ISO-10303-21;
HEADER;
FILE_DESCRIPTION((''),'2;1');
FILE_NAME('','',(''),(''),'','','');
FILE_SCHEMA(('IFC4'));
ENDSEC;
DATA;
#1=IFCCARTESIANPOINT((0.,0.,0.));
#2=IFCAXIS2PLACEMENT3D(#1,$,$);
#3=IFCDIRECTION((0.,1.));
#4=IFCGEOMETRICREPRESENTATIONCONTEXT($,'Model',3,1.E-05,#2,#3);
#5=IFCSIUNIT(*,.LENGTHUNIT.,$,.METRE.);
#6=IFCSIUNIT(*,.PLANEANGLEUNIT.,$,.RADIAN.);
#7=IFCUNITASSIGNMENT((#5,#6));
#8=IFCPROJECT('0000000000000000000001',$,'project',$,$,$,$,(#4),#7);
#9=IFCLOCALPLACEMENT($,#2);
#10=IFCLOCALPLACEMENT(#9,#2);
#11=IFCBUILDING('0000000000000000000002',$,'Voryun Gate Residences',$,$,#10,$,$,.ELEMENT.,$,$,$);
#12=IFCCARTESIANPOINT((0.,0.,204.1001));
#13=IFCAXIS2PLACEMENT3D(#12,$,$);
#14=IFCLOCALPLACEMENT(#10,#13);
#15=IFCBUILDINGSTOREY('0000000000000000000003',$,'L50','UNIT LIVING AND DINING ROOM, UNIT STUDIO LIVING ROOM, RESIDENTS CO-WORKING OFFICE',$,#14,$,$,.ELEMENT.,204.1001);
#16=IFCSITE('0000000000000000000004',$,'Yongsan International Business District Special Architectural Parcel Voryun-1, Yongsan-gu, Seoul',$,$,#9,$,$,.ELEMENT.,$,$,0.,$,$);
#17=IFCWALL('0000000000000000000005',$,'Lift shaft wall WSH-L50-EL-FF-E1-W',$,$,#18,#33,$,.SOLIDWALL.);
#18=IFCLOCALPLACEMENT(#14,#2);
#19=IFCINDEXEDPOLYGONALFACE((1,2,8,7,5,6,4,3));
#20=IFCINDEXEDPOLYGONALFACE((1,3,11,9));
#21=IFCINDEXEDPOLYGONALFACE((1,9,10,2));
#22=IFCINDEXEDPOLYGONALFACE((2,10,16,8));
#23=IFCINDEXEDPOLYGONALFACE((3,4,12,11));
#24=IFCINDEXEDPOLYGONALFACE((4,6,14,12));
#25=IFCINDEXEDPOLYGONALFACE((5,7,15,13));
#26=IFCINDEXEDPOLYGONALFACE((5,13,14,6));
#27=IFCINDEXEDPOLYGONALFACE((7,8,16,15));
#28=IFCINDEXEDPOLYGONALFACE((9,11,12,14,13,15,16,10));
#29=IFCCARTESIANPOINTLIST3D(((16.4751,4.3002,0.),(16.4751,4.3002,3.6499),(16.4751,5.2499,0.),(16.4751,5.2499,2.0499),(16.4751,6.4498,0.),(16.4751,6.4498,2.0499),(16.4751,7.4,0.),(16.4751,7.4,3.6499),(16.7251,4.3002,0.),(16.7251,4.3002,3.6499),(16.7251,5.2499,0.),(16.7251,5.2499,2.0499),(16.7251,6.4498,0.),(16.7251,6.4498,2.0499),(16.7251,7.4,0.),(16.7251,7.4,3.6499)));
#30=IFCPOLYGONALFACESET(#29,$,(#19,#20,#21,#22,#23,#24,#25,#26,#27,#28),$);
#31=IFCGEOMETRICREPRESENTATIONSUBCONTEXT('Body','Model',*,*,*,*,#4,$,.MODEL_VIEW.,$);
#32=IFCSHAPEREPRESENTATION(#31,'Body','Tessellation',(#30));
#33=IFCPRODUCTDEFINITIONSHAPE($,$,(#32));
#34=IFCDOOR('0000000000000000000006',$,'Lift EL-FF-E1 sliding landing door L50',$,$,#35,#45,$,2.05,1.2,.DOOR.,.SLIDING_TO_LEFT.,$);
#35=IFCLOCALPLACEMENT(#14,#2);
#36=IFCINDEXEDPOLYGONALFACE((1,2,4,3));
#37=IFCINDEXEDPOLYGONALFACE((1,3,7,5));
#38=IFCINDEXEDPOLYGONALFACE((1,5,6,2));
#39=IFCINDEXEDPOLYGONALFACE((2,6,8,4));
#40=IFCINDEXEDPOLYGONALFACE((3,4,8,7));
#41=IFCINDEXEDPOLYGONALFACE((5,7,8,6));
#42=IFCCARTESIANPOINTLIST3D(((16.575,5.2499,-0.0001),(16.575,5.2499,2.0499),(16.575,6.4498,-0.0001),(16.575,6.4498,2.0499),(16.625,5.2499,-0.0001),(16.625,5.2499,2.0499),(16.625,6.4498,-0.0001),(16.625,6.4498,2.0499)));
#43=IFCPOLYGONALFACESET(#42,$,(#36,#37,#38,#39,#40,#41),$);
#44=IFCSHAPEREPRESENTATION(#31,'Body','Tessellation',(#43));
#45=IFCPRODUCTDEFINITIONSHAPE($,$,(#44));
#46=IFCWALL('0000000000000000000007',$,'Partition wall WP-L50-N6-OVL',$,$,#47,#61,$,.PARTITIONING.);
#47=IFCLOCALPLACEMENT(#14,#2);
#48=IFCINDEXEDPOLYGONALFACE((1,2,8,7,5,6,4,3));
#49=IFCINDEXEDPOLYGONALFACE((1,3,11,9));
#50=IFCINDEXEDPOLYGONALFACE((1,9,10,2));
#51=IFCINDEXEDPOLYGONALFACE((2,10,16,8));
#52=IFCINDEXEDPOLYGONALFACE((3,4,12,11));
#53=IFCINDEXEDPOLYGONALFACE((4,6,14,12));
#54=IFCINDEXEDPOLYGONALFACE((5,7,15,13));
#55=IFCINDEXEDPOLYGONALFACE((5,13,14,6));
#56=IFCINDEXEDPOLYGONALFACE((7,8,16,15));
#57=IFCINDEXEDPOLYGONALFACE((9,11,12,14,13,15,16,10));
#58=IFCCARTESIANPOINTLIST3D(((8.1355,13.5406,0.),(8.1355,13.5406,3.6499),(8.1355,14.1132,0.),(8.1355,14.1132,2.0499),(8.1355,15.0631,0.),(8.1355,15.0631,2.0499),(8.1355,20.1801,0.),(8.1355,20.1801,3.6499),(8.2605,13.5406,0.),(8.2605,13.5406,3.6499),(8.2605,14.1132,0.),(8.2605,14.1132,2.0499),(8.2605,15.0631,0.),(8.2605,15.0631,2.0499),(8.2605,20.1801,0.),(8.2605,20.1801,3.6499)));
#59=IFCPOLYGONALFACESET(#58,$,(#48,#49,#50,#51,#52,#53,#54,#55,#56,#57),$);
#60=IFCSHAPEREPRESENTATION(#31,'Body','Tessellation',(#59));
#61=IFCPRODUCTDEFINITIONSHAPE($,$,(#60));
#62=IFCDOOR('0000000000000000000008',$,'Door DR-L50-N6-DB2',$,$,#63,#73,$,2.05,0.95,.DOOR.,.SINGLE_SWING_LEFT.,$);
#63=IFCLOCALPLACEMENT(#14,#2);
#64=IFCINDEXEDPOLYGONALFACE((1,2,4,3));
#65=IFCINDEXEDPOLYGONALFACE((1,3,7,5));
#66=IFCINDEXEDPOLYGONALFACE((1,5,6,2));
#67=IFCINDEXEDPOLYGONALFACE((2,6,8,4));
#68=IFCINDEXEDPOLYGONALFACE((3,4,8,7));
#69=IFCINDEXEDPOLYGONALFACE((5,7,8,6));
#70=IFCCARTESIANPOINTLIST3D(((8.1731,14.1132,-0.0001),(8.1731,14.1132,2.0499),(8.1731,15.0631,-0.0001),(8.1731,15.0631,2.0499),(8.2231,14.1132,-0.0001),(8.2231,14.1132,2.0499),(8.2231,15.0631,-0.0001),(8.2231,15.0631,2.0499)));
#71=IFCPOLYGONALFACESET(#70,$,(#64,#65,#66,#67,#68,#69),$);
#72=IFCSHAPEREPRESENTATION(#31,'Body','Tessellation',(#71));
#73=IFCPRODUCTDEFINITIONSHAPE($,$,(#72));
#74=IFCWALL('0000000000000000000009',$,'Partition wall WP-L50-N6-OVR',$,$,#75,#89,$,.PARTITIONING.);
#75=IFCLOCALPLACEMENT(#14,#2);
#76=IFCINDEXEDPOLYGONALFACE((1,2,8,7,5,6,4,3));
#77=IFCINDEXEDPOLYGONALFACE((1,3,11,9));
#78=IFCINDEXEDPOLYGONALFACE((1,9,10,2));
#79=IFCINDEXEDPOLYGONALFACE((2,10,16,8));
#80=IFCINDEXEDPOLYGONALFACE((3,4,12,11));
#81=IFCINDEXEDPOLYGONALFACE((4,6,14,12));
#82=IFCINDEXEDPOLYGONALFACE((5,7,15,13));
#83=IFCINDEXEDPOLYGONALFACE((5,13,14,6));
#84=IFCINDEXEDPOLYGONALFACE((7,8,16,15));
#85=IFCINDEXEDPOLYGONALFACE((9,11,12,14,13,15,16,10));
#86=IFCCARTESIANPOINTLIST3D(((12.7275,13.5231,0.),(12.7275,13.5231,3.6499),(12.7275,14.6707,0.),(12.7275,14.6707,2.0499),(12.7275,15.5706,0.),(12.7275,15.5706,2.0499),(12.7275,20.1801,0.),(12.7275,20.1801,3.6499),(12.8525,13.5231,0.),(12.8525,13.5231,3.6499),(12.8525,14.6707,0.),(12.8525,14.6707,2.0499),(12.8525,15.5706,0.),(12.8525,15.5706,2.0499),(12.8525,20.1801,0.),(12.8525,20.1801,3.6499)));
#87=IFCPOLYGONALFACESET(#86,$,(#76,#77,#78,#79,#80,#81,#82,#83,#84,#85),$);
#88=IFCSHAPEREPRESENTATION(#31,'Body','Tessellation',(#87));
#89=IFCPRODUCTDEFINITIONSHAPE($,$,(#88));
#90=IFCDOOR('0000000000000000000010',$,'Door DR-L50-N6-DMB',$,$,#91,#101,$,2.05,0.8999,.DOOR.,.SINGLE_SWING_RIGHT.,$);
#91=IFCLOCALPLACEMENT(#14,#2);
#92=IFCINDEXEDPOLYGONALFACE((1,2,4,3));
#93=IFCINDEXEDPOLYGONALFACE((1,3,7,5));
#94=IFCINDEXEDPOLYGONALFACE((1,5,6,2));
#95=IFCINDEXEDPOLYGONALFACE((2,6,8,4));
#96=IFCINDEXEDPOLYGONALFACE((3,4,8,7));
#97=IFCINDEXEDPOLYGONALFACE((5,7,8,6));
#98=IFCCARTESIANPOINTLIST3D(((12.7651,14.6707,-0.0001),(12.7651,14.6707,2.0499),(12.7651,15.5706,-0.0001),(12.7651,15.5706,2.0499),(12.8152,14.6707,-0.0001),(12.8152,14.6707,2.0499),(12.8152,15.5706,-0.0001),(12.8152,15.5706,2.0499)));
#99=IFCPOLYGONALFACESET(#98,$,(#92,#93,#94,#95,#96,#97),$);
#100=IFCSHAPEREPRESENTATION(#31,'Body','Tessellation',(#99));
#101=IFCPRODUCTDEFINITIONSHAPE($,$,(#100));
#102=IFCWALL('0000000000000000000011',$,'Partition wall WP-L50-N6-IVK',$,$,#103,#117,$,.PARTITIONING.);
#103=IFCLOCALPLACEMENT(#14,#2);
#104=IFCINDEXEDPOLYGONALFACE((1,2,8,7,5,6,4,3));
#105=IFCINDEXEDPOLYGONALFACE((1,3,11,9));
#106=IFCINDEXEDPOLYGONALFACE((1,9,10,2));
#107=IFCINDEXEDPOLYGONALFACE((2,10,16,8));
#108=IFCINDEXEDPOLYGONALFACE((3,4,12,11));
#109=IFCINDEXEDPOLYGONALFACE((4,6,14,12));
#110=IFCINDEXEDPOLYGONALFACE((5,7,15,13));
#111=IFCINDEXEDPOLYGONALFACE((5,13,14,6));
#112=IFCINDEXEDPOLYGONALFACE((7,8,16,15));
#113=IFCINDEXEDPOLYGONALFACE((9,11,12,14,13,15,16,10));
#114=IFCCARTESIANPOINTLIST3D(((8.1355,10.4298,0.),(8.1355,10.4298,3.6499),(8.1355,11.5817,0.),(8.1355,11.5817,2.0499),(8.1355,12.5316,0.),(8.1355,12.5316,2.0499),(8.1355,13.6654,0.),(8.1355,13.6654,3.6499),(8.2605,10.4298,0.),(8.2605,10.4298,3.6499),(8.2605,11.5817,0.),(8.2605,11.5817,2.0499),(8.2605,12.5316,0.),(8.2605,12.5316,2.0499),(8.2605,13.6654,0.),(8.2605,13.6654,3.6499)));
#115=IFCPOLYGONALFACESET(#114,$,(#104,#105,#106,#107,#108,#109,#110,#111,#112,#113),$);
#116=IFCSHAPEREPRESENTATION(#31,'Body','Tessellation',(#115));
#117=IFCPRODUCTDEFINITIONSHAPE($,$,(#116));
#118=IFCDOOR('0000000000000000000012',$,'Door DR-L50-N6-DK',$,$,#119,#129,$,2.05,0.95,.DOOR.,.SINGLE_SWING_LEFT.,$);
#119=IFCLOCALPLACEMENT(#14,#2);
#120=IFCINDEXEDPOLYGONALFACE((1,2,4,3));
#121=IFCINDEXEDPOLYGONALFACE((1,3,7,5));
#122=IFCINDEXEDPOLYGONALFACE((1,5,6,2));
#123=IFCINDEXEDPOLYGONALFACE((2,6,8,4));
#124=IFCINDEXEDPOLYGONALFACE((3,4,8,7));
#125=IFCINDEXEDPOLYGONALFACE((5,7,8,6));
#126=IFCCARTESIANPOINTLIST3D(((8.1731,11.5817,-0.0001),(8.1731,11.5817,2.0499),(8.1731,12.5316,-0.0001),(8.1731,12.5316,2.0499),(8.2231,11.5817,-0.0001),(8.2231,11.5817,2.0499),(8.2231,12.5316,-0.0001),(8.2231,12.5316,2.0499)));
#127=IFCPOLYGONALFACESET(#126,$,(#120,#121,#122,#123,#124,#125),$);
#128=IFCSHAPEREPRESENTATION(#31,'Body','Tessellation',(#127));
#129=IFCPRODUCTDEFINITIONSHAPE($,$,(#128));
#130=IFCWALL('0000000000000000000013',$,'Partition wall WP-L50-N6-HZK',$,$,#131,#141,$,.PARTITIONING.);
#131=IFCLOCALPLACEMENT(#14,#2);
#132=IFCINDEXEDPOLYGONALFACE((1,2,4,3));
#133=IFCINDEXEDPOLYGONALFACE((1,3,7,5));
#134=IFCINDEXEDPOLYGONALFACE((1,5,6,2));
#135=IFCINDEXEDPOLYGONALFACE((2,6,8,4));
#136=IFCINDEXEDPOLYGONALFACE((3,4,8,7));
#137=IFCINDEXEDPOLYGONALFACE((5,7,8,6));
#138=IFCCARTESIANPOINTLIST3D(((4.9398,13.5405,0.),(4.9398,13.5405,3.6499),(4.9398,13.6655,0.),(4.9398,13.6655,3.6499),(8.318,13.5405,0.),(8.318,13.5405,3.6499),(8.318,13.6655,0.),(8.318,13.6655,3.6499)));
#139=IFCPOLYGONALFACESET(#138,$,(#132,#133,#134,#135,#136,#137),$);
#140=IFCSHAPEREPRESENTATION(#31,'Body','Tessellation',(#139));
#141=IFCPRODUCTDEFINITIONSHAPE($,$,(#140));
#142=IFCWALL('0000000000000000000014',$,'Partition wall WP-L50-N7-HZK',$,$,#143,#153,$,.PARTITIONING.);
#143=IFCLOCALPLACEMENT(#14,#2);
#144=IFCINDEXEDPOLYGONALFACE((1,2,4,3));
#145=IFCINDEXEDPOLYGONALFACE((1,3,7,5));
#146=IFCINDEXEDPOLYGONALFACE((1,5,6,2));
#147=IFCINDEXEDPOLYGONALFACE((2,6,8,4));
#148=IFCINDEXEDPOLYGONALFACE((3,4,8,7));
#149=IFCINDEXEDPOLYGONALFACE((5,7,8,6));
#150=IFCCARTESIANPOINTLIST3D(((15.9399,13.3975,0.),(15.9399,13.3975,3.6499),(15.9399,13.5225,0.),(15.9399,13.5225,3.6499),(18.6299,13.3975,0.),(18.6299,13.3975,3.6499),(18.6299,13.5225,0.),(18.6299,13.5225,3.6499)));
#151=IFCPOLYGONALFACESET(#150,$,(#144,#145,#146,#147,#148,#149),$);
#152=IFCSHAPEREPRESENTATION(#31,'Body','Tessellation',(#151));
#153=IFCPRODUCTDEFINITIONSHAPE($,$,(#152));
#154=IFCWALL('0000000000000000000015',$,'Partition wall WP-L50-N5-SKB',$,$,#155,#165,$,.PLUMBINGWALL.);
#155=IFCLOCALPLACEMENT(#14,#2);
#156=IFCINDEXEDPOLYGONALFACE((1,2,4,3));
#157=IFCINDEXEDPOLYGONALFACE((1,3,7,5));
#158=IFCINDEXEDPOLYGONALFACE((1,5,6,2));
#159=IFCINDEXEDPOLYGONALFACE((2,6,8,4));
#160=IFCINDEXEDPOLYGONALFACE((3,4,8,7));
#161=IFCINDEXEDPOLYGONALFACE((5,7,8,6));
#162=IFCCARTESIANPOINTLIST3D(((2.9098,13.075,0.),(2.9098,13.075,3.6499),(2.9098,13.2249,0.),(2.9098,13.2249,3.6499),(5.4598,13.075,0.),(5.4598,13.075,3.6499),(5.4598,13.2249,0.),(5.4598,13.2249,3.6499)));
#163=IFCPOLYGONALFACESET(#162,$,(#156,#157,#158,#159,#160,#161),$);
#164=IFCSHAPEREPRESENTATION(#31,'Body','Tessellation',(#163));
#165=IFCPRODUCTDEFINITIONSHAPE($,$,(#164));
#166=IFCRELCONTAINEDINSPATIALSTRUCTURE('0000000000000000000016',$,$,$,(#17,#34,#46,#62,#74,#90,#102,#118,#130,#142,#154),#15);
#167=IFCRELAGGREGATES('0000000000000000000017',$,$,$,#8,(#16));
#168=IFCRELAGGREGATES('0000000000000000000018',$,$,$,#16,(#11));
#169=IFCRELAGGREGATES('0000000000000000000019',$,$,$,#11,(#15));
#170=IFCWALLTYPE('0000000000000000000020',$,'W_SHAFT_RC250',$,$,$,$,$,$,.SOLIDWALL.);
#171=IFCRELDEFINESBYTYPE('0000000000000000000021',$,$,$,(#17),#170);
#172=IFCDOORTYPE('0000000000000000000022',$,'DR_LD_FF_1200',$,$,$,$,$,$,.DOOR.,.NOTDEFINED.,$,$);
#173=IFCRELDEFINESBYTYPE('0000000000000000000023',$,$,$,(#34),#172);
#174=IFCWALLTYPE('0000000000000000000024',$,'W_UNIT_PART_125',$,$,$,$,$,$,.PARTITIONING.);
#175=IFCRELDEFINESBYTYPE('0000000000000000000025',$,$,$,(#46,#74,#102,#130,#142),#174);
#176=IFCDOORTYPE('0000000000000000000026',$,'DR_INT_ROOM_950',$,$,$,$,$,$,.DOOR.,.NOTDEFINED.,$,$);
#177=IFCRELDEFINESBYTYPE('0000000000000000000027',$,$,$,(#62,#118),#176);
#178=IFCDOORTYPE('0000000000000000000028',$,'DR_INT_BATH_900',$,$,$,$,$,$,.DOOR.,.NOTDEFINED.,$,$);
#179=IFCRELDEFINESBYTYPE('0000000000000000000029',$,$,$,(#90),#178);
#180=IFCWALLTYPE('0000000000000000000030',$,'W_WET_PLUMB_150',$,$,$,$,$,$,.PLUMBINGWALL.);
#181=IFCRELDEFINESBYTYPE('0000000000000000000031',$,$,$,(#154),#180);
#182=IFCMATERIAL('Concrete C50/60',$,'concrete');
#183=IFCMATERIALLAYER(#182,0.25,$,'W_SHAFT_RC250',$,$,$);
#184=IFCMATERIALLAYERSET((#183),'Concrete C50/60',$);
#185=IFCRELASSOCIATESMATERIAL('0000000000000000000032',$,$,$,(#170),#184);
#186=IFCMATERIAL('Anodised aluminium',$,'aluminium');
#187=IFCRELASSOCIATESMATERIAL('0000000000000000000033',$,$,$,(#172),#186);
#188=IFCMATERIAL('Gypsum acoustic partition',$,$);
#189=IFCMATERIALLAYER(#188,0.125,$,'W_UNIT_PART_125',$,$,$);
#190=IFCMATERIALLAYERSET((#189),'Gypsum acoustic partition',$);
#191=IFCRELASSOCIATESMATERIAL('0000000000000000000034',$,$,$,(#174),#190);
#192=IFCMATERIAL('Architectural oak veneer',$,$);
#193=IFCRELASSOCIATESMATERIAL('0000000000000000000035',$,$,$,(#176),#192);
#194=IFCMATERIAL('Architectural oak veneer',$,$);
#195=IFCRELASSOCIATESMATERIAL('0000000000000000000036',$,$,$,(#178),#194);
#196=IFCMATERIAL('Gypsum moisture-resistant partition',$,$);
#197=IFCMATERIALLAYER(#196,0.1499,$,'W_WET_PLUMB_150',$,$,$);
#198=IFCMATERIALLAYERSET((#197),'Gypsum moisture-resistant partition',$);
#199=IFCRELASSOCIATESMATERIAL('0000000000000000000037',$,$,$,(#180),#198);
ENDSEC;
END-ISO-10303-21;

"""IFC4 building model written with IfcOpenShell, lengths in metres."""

from ifc_helpers import new_model, si_unit, direction, frame, frame_2d, origin, place, context, subcontext, project, spatial, rectangle, extrude, material, layer, layer_set, type_object, element, fill, save


model = new_model("IFC4")

# Units and contexts
model_context = context("Model", 3, precision=1e-05, world=origin(), true_north=direction((0.0, 1.0)))
body_context = subcontext(model_context, "Body", "Model", "MODEL_VIEW")
ifc_project = project(units=[si_unit("LENGTHUNIT", "METRE"), si_unit("PLANEANGLEUNIT", "RADIAN")], contexts=[model_context])

# Site, building, storey
site_placement = place(None, origin())
site = spatial("IfcSite", under=ifc_project, at=site_placement, Name="Yongsan International Business District Special Architectural Parcel Voryun-1, Yongsan-gu, Seoul", CompositionType="ELEMENT", RefElevation=0.0)
building_placement = place(site_placement, origin())
building = spatial("IfcBuilding", under=site, at=building_placement, Name="Voryun Gate Residences", CompositionType="ELEMENT")
storey_placement = place(building_placement, frame((0.0, 0.0, 204.1001)))
storey = spatial("IfcBuildingStorey", under=building, at=storey_placement, Name="L50", Description="UNIT LIVING AND DINING ROOM, UNIT STUDIO LIVING ROOM, RESIDENTS CO-WORKING OFFICE", CompositionType="ELEMENT", Elevation=204.1001)

# Walls, openings, doors
ifc_material_1 = material(Name="Concrete C50/60", Category="concrete")
ifc_layer_1 = layer(ifc_material_1, 0.25, Name="W_SHAFT_RC250")
ifc_layer_set_1 = layer_set([ifc_layer_1], Name="Concrete C50/60")
wall_type_1 = type_object("IfcWallType", Name="W_SHAFT_RC250", PredefinedType="SOLIDWALL", material=ifc_layer_set_1)
wall_1_placement = place(storey_placement, frame((16.6001, 7.3999, 0.0), z_axis=(0.0, 0.0, 1.0), x_axis=(0.0, -1.0, 0.0)))
wall_1 = element("IfcWall", 1, at=wall_1_placement, inside=storey, type_object=wall_type_1, Name="Lift shaft wall WSH-L50-EL-FF-E1-W", PredefinedType="SOLIDWALL", context=body_context, shape_type="SweptSolid", body=[
    extrude(rectangle(XDim=3.0999, YDim=0.25, at=frame_2d((1.5498, 0.0))), origin(), (0.0, 0.0, 1.0), 3.6499),
])
opening_1_placement = place(wall_1_placement, frame((0.95, 0.0, 0.0)))
opening_1 = element("IfcOpeningElement", 2, at=opening_1_placement, cuts=wall_1, PredefinedType="OPENING", context=body_context, shape_type="SweptSolid", body=[
    extrude(rectangle(XDim=1.2, YDim=2.05, at=frame_2d((0.6001, 1.0249))), frame((0.0, 0.135, 0.0), z_axis=(0.0, -1.0, 0.0), x_axis=(1.0, 0.0, 0.0)), (0.0, 0.0, 1.0), 0.27),
])
ifc_material_2 = material(Name="Anodised aluminium", Category="aluminium")
door_type_1 = type_object("IfcDoorType", Name="DR_LD_FF_1200", OperationType="NOTDEFINED", PredefinedType="DOOR", material=ifc_material_2)
door_1_placement = place(opening_1_placement, origin())
door_1 = element("IfcDoor", 3, at=door_1_placement, inside=storey, type_object=door_type_1, Name="Lift EL-FF-E1 sliding landing door L50", OperationType="SLIDING_TO_LEFT", OverallHeight=2.05, OverallWidth=1.2, PredefinedType="DOOR", context=body_context, shape_type="SweptSolid", body=[
    extrude(rectangle(XDim=1.2, YDim=2.05, at=frame_2d((0.6001, 1.0249))), frame((0.0, 0.0249, 0.0), z_axis=(0.0, -1.0, 0.0), x_axis=(1.0, 0.0, 0.0)), (0.0, 0.0, 1.0), 0.05),
])
fill(opening_1, door_1)
ifc_material_3 = material(Name="Gypsum acoustic partition")
ifc_layer_2 = layer(ifc_material_3, 0.125, Name="W_UNIT_PART_125")
ifc_layer_set_2 = layer_set([ifc_layer_2], Name="Gypsum acoustic partition")
wall_type_2 = type_object("IfcWallType", Name="W_UNIT_PART_125", PredefinedType="PARTITIONING", material=ifc_layer_set_2)
wall_2_placement = place(storey_placement, frame((8.198, 13.5405, 0.0), z_axis=(0.0, 0.0, 1.0), x_axis=(0.0, 1.0, 0.0)))
wall_2 = element("IfcWall", 4, at=wall_2_placement, inside=storey, type_object=wall_type_2, Name="Partition wall WP-L50-N6-OVL", PredefinedType="PARTITIONING", context=body_context, shape_type="SweptSolid", body=[
    extrude(rectangle(XDim=6.6394, YDim=0.125, at=frame_2d((3.3198, 0.0))), origin(), (0.0, 0.0, 1.0), 3.6499),
])
opening_2_placement = place(wall_2_placement, frame((0.5725, 0.0, 0.0)))
opening_2 = element("IfcOpeningElement", 5, at=opening_2_placement, cuts=wall_2, PredefinedType="OPENING", context=body_context, shape_type="SweptSolid", body=[
    extrude(rectangle(XDim=0.95, YDim=2.05, at=frame_2d((0.4751, 1.0249))), frame((0.0, 0.0725, 0.0), z_axis=(0.0, -1.0, 0.0), x_axis=(1.0, 0.0, 0.0)), (0.0, 0.0, 1.0), 0.145),
])
ifc_material_4 = material(Name="Architectural oak veneer")
door_type_2 = type_object("IfcDoorType", Name="DR_INT_ROOM_950", OperationType="NOTDEFINED", PredefinedType="DOOR", material=ifc_material_4)
door_2_placement = place(opening_2_placement, origin())
door_2 = element("IfcDoor", 6, at=door_2_placement, inside=storey, type_object=door_type_2, Name="Door DR-L50-N6-DB2", OperationType="SINGLE_SWING_LEFT", OverallHeight=2.05, OverallWidth=0.95, PredefinedType="DOOR", context=body_context, shape_type="SweptSolid", body=[
    extrude(rectangle(XDim=0.95, YDim=2.05, at=frame_2d((0.4751, 1.0249))), frame((0.0, 0.0249, 0.0), z_axis=(0.0, -1.0, 0.0), x_axis=(1.0, 0.0, 0.0)), (0.0, 0.0, 1.0), 0.05),
])
fill(opening_2, door_2)
wall_3_placement = place(storey_placement, frame((12.79, 13.5229, 0.0), z_axis=(0.0, 0.0, 1.0), x_axis=(0.0, 1.0, 0.0)))
wall_3 = element("IfcWall", 7, at=wall_3_placement, inside=storey, type_object=wall_type_2, Name="Partition wall WP-L50-N6-OVR", PredefinedType="PARTITIONING", context=body_context, shape_type="SweptSolid", body=[
    extrude(rectangle(XDim=6.657, YDim=0.125, at=frame_2d((3.3286, 0.0))), origin(), (0.0, 0.0, 1.0), 3.6499),
])
opening_3_placement = place(wall_3_placement, frame((1.1477, 0.0, 0.0)))
opening_3 = element("IfcOpeningElement", 8, at=opening_3_placement, cuts=wall_3, PredefinedType="OPENING", context=body_context, shape_type="SweptSolid", body=[
    extrude(rectangle(XDim=0.8999, YDim=2.05, at=frame_2d((0.45, 1.0249))), frame((0.0, 0.0725, 0.0), z_axis=(0.0, -1.0, 0.0), x_axis=(1.0, 0.0, 0.0)), (0.0, 0.0, 1.0), 0.145),
])
ifc_material_5 = material(Name="Architectural oak veneer")
door_type_3 = type_object("IfcDoorType", Name="DR_INT_BATH_900", OperationType="NOTDEFINED", PredefinedType="DOOR", material=ifc_material_5)
door_3_placement = place(opening_3_placement, origin())
door_3 = element("IfcDoor", 9, at=door_3_placement, inside=storey, type_object=door_type_3, Name="Door DR-L50-N6-DMB", OperationType="SINGLE_SWING_RIGHT", OverallHeight=2.05, OverallWidth=0.8999, PredefinedType="DOOR", context=body_context, shape_type="SweptSolid", body=[
    extrude(rectangle(XDim=0.8999, YDim=2.05, at=frame_2d((0.45, 1.0249))), frame((0.0, 0.0249, 0.0), z_axis=(0.0, -1.0, 0.0), x_axis=(1.0, 0.0, 0.0)), (0.0, 0.0, 1.0), 0.05),
])
fill(opening_3, door_3)
wall_4_placement = place(storey_placement, frame((8.198, 10.4299, 0.0), z_axis=(0.0, 0.0, 1.0), x_axis=(0.0, 1.0, 0.0)))
wall_4 = element("IfcWall", 10, at=wall_4_placement, inside=storey, type_object=wall_type_2, Name="Partition wall WP-L50-N6-IVK", PredefinedType="PARTITIONING", context=body_context, shape_type="SweptSolid", body=[
    extrude(rectangle(XDim=3.2356, YDim=0.125, at=frame_2d((1.6177, 0.0))), origin(), (0.0, 0.0, 1.0), 3.6499),
])
opening_4_placement = place(wall_4_placement, frame((1.1516, 0.0, 0.0)))
opening_4 = element("IfcOpeningElement", 11, at=opening_4_placement, cuts=wall_4, PredefinedType="OPENING", context=body_context, shape_type="SweptSolid", body=[
    extrude(rectangle(XDim=0.95, YDim=2.05, at=frame_2d((0.4751, 1.0249))), frame((0.0, 0.0725, 0.0), z_axis=(0.0, -1.0, 0.0), x_axis=(1.0, 0.0, 0.0)), (0.0, 0.0, 1.0), 0.145),
])
door_4_placement = place(opening_4_placement, origin())
door_4 = element("IfcDoor", 12, at=door_4_placement, inside=storey, type_object=door_type_2, Name="Door DR-L50-N6-DK", OperationType="SINGLE_SWING_LEFT", OverallHeight=2.05, OverallWidth=0.95, PredefinedType="DOOR", context=body_context, shape_type="SweptSolid", body=[
    extrude(rectangle(XDim=0.95, YDim=2.05, at=frame_2d((0.4751, 1.0249))), frame((0.0, 0.0249, 0.0), z_axis=(0.0, -1.0, 0.0), x_axis=(1.0, 0.0, 0.0)), (0.0, 0.0, 1.0), 0.05),
])
fill(opening_4, door_4)

# Walls
wall_5_placement = place(storey_placement, frame((4.9399, 13.603, 0.0), z_axis=(0.0, 0.0, 1.0), x_axis=(1.0, 0.0, 0.0)))
element("IfcWall", 13, at=wall_5_placement, inside=storey, type_object=wall_type_2, Name="Partition wall WP-L50-N6-HZK", PredefinedType="PARTITIONING", context=body_context, shape_type="SweptSolid", body=[
    extrude(rectangle(XDim=3.3782, YDim=0.125, at=frame_2d((1.689, 0.0))), origin(), (0.0, 0.0, 1.0), 3.6499),
])
wall_6_placement = place(storey_placement, frame((15.9399, 13.46, 0.0), z_axis=(0.0, 0.0, 1.0), x_axis=(1.0, 0.0, 0.0)))
element("IfcWall", 14, at=wall_6_placement, inside=storey, type_object=wall_type_2, Name="Partition wall WP-L50-N7-HZK", PredefinedType="PARTITIONING", context=body_context, shape_type="SweptSolid", body=[
    extrude(rectangle(XDim=2.6899, YDim=0.125, at=frame_2d((1.345, 0.0))), origin(), (0.0, 0.0, 1.0), 3.6499),
])
ifc_material_6 = material(Name="Gypsum moisture-resistant partition")
ifc_layer_3 = layer(ifc_material_6, 0.1499, Name="W_WET_PLUMB_150")
ifc_layer_set_3 = layer_set([ifc_layer_3], Name="Gypsum moisture-resistant partition")
wall_type_3 = type_object("IfcWallType", Name="W_WET_PLUMB_150", PredefinedType="PLUMBINGWALL", material=ifc_layer_set_3)
wall_7_placement = place(storey_placement, frame((2.9099, 13.1499, 0.0), z_axis=(0.0, 0.0, 1.0), x_axis=(1.0, 0.0, 0.0)))
element("IfcWall", 15, at=wall_7_placement, inside=storey, type_object=wall_type_3, Name="Partition wall WP-L50-N5-SKB", PredefinedType="PLUMBINGWALL", context=body_context, shape_type="SweptSolid", body=[
    extrude(rectangle(XDim=2.55, YDim=0.1499, at=frame_2d((1.2749, 0.0))), origin(), (0.0, 0.0, 1.0), 3.6499),
])

save(model, "model.ifc")
